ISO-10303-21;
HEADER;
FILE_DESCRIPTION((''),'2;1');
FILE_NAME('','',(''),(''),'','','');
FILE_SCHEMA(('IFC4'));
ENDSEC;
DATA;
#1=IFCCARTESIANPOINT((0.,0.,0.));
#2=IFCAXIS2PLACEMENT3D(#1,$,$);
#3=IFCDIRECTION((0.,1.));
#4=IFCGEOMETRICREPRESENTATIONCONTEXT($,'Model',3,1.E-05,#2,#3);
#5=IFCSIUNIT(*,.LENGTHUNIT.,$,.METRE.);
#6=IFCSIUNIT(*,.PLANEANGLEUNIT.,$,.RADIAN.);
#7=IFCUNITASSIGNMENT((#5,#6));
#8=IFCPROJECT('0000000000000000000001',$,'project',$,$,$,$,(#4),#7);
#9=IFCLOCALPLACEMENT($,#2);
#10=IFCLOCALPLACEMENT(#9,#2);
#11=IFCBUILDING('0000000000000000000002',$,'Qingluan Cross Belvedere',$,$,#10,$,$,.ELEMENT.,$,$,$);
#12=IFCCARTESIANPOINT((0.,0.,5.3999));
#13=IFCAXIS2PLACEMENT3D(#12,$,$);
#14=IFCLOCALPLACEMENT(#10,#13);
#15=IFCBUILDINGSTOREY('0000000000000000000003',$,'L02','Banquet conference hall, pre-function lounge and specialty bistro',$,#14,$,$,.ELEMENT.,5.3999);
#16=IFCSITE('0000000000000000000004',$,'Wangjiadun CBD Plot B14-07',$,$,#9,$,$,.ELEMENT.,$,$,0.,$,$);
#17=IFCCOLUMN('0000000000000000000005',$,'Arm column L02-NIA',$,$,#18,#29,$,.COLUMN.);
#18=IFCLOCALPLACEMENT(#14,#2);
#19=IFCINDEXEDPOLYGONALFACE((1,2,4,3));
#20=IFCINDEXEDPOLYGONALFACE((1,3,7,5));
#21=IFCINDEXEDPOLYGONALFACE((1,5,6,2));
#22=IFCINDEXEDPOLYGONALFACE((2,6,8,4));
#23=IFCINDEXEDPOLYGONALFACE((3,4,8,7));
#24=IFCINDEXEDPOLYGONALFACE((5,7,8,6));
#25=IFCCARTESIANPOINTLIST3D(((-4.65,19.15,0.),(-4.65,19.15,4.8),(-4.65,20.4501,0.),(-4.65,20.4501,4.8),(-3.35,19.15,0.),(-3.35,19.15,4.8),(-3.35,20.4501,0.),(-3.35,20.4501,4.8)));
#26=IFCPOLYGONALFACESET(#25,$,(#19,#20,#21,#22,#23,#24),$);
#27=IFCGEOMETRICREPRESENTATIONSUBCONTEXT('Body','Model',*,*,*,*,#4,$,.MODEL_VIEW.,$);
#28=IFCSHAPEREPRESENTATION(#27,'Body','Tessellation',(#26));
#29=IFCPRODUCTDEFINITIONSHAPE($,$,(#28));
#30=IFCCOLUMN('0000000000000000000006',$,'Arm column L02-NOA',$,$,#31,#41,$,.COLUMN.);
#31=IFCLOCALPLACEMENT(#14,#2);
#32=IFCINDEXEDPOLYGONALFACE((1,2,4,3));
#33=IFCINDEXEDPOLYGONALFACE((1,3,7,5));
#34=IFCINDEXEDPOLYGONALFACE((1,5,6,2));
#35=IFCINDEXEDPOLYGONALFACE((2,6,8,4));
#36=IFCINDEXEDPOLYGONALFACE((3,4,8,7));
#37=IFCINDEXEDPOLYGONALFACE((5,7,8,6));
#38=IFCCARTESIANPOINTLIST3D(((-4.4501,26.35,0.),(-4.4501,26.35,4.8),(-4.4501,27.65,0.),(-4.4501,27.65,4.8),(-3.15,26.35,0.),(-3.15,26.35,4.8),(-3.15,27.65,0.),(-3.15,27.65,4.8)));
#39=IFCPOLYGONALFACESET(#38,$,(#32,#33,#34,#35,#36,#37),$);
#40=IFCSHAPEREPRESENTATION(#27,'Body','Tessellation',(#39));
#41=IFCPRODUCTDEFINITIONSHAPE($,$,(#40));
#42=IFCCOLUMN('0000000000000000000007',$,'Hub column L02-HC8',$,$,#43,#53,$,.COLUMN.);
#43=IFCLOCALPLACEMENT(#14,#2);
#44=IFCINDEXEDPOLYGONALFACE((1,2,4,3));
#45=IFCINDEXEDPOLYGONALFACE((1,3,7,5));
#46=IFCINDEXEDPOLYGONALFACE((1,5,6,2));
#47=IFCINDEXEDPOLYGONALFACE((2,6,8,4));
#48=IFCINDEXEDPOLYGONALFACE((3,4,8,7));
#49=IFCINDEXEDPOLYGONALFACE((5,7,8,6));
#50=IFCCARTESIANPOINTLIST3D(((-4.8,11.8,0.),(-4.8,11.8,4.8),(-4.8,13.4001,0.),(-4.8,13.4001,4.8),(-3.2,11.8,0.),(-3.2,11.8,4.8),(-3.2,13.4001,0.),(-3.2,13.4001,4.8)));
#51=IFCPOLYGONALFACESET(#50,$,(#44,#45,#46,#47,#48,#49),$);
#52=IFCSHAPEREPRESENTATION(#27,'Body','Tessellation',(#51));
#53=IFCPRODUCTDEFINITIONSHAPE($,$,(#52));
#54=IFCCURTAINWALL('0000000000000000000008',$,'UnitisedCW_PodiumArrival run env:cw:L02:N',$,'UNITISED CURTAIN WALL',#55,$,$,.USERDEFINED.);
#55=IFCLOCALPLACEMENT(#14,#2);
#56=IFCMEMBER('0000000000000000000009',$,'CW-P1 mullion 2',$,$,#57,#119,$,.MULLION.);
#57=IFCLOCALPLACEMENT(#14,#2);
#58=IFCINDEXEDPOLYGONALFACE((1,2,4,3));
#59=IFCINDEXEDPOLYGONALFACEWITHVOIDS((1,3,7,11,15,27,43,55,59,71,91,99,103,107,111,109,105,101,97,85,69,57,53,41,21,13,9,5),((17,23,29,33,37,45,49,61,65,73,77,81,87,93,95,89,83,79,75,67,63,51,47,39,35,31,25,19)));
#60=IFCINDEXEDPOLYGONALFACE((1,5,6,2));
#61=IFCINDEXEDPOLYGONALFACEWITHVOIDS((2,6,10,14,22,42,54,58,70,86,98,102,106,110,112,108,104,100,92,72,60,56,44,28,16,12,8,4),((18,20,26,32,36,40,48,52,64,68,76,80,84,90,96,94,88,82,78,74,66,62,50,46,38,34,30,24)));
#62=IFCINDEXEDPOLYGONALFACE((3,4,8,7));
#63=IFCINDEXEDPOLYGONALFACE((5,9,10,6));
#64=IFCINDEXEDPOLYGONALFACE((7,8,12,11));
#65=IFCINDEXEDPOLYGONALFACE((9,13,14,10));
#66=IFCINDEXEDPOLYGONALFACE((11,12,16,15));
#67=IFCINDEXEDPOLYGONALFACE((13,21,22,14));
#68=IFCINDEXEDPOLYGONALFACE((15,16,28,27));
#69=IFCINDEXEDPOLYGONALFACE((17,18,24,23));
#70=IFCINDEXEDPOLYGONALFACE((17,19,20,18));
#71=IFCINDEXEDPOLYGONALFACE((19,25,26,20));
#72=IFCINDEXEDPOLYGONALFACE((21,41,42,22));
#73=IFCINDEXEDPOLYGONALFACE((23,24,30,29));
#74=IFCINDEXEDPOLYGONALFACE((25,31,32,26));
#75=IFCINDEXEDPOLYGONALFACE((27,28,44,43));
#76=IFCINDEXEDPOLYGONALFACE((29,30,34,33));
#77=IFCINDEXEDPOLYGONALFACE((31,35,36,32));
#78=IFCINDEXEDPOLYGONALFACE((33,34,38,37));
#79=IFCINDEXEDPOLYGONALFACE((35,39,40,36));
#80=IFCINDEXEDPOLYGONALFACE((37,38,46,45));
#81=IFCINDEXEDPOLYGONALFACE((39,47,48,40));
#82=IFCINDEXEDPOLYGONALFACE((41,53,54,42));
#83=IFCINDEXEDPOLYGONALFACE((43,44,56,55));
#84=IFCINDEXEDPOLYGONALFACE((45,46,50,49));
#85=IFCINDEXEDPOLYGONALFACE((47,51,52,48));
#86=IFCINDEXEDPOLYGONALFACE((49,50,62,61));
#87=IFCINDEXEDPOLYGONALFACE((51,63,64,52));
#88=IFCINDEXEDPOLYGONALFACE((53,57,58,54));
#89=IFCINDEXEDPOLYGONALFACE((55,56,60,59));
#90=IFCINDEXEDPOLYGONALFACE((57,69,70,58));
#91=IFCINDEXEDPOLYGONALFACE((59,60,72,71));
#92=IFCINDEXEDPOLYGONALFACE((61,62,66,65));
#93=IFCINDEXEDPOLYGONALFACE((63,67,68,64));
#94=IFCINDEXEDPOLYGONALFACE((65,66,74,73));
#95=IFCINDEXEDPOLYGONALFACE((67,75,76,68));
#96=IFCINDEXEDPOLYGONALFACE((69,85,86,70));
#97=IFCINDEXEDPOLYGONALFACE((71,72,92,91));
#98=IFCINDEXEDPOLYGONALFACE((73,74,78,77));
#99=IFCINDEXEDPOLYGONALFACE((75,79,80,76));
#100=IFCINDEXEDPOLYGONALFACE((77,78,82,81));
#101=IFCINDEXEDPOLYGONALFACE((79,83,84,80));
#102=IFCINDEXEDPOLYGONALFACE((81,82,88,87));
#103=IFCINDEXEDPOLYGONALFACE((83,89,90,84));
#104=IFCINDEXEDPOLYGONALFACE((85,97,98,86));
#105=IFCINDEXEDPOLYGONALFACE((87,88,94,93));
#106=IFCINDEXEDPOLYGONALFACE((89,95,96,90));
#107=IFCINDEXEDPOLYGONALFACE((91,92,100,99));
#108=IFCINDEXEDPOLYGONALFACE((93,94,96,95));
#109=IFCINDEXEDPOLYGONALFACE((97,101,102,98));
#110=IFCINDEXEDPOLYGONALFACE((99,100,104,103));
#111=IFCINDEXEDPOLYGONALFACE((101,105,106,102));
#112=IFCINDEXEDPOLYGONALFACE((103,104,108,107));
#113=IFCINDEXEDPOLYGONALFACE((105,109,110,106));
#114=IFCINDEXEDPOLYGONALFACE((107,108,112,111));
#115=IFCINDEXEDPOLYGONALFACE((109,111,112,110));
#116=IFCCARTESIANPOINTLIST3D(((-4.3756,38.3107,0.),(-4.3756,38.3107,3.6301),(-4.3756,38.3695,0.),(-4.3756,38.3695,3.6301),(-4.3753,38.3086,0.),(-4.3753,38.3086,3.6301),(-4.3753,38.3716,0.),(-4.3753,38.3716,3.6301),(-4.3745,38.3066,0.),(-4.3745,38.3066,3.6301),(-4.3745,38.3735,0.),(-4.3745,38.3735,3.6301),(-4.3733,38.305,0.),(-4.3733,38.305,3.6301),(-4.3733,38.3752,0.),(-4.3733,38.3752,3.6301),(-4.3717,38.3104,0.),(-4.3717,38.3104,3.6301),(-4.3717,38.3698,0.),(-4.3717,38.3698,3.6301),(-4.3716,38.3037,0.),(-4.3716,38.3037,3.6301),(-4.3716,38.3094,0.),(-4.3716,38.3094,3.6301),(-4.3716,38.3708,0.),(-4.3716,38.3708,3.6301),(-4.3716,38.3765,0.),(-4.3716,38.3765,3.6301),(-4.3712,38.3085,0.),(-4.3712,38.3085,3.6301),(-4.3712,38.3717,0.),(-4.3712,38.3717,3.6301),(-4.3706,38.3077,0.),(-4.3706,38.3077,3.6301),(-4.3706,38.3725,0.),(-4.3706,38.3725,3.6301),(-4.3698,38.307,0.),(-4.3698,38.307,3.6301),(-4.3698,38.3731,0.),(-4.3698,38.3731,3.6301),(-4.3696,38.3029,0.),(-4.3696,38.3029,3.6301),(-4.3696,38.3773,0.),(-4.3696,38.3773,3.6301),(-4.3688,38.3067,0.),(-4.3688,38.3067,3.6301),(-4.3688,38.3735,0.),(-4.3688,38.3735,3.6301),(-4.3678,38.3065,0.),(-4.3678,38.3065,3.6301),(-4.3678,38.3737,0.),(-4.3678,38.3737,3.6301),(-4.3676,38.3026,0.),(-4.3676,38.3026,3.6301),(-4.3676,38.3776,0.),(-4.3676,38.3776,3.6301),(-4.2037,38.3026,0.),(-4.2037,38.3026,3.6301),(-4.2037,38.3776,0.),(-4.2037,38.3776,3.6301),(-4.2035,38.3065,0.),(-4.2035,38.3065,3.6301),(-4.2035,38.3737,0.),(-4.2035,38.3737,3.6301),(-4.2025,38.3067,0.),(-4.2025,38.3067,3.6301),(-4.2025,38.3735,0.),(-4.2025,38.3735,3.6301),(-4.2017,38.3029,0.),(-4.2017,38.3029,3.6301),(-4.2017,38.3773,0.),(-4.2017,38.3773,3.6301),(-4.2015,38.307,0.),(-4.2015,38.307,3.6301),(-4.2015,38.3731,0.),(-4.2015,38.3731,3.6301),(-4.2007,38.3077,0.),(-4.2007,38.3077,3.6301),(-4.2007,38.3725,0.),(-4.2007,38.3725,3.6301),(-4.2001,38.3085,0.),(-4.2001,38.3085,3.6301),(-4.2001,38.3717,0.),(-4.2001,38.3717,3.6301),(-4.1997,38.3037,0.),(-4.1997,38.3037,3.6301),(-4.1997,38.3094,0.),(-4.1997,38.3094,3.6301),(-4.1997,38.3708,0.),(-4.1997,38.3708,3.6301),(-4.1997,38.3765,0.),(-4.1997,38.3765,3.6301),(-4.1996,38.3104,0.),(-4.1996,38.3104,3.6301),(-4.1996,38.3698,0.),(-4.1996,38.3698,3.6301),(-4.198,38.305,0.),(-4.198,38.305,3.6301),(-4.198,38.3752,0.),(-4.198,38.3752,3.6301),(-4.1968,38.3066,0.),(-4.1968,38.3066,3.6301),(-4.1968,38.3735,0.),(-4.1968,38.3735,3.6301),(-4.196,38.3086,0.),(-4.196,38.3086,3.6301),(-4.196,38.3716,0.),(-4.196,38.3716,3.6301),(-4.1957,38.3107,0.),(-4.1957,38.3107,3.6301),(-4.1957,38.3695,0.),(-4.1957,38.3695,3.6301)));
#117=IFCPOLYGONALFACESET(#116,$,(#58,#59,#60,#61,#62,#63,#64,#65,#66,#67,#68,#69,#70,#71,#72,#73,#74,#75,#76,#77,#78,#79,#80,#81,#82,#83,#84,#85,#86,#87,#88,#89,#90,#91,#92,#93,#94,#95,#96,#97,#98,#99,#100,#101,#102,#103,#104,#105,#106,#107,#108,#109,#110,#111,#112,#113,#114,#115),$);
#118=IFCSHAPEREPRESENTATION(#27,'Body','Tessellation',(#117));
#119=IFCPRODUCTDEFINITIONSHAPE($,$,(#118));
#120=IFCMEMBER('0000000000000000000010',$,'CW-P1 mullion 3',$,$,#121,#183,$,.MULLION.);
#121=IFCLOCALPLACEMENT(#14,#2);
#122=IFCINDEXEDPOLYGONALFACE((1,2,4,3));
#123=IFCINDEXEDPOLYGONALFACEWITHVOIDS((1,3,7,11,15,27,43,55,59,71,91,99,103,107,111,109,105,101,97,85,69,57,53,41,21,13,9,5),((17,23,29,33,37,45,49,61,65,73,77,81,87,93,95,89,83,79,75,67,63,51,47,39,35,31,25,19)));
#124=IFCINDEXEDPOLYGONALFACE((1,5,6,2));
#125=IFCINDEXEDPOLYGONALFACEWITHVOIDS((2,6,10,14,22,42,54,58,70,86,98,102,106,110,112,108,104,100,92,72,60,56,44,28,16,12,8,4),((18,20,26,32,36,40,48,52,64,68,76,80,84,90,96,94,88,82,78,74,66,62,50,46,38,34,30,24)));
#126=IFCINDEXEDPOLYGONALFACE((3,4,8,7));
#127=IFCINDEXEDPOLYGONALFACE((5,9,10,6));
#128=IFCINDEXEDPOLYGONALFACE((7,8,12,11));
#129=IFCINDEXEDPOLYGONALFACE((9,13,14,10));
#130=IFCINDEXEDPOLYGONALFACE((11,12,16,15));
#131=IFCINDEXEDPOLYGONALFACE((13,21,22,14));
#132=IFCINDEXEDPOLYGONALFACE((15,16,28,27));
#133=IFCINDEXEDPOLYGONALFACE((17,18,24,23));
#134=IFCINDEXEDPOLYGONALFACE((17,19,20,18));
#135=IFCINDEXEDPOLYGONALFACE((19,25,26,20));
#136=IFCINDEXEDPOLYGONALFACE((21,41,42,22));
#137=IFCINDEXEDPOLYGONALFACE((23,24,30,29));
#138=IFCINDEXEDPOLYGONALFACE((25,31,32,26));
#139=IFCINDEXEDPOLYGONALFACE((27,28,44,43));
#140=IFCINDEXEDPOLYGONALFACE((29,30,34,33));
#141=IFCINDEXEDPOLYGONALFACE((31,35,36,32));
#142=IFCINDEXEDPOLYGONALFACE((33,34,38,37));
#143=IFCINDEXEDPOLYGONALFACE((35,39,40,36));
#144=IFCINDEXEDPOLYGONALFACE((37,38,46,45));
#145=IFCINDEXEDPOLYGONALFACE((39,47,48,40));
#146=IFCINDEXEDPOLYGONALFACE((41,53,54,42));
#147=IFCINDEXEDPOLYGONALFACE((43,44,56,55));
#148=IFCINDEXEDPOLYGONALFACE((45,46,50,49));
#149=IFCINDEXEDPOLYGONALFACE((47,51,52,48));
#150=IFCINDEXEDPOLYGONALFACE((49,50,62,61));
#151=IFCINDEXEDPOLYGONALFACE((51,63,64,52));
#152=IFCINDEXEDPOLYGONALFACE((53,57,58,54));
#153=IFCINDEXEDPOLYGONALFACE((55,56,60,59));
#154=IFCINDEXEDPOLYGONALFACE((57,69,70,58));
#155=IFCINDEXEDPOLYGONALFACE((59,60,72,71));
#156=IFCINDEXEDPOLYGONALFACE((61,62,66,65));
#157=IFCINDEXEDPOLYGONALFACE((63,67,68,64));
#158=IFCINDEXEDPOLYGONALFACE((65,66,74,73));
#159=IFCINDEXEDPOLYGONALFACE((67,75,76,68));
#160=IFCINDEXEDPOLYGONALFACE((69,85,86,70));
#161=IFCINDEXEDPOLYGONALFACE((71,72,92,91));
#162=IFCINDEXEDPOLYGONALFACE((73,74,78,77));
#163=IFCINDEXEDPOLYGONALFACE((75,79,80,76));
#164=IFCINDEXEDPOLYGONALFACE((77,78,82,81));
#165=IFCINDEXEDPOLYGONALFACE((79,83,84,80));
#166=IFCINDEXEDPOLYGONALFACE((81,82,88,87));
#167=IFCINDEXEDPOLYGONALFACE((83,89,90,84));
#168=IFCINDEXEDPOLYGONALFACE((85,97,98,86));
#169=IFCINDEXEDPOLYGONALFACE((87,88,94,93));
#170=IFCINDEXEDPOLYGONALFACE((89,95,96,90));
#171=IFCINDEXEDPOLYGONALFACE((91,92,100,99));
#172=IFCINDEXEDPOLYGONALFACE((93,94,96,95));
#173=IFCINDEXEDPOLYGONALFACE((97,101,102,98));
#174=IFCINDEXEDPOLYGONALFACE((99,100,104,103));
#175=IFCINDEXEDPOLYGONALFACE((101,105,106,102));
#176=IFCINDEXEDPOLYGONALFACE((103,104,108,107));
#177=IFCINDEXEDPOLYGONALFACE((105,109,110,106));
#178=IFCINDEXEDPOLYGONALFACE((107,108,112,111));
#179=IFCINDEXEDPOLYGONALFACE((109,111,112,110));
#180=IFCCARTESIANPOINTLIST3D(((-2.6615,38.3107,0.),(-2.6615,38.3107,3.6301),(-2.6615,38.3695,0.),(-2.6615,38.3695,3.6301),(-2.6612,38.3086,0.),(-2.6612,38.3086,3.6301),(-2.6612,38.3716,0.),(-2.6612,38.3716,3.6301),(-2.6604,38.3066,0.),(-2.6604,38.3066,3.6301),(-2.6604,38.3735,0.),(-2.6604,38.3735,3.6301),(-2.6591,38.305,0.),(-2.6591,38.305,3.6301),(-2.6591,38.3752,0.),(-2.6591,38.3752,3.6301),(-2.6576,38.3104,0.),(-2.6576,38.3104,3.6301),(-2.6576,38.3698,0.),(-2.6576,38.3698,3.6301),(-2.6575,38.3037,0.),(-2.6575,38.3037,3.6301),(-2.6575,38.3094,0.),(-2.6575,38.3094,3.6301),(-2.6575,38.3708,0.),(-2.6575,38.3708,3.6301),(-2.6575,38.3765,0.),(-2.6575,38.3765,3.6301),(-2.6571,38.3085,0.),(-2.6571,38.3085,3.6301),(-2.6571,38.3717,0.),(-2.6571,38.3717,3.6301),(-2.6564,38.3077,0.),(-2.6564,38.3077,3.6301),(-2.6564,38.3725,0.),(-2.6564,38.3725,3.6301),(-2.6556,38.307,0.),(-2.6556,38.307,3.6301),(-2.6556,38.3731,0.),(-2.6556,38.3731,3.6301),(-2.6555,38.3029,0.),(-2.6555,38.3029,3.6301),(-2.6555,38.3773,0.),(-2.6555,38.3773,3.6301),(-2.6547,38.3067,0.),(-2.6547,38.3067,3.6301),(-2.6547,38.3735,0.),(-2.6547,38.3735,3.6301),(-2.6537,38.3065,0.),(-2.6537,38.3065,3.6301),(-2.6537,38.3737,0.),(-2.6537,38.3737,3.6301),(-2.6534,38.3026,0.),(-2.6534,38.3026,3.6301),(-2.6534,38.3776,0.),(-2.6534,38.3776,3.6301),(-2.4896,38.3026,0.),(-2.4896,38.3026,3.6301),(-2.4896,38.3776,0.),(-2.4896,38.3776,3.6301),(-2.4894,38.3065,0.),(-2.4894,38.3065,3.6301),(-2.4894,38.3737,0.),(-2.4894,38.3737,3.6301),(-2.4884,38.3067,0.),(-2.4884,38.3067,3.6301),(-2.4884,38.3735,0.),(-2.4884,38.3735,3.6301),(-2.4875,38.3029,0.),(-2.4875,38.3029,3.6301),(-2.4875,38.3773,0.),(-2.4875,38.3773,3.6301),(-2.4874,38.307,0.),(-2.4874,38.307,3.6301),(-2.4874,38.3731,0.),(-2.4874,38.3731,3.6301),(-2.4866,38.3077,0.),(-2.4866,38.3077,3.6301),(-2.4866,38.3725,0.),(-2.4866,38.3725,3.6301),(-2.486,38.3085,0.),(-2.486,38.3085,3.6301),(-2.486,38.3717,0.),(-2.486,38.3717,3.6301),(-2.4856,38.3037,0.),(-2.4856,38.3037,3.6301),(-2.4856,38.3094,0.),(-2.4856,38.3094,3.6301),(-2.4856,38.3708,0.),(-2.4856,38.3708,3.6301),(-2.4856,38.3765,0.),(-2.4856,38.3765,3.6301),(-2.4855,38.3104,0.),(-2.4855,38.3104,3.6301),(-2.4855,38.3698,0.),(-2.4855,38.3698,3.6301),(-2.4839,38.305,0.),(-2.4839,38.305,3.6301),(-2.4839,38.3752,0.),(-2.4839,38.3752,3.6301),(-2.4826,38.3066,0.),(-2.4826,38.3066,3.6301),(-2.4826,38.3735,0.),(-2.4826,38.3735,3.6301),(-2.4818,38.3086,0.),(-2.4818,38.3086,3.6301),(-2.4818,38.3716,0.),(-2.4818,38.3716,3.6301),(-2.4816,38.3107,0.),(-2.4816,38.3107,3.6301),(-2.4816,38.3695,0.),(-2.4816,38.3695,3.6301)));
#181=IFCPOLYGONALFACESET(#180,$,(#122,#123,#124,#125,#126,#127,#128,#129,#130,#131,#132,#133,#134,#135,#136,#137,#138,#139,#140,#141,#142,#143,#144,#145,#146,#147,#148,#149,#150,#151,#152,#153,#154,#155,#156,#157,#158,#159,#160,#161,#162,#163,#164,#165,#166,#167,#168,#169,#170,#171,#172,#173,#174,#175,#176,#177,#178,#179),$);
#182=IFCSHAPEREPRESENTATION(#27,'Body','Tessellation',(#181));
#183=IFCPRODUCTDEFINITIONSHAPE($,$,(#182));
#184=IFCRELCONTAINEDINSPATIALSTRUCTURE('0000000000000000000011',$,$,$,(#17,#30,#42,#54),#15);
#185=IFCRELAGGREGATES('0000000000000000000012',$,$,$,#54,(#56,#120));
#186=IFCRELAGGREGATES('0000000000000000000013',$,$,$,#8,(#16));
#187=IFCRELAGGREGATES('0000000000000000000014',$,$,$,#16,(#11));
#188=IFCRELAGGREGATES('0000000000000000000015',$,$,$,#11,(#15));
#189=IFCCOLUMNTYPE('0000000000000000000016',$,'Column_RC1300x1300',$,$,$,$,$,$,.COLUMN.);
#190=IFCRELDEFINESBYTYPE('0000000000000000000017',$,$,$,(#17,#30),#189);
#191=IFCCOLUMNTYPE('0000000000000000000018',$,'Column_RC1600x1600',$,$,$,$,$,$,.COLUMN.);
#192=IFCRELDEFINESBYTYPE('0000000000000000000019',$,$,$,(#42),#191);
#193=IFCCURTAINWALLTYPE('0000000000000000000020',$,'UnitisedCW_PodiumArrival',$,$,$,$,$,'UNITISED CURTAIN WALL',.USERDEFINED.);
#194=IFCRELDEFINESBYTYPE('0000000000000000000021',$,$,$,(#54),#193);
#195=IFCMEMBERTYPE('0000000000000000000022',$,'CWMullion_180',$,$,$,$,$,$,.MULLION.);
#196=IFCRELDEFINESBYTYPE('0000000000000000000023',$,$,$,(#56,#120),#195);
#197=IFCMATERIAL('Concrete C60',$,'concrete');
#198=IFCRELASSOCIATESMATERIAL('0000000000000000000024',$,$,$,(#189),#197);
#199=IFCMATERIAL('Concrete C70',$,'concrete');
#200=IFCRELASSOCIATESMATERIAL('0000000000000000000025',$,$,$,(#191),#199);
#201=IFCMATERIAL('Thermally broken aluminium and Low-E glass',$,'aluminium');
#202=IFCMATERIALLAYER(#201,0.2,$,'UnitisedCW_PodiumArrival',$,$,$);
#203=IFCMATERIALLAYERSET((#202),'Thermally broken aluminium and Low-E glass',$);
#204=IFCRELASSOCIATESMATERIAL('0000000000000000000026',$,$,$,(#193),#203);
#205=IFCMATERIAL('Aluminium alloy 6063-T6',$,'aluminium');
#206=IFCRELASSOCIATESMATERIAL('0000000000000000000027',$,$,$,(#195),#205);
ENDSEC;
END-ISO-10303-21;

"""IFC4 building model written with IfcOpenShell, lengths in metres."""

from ifc_helpers import new_model, si_unit, direction, frame, origin, origin_2d, place, context, subcontext, project, spatial, rectangle, hollow_rectangle, extrude, material, layer, layer_set, material_profile, profile_set, type_object, element, aggregate, save


model = new_model("IFC4")

# Units and contexts
model_context = context("Model", 3, precision=1e-05, world=origin(), true_north=direction((0.0, 1.0)))
body_context = subcontext(model_context, "Body", "Model", "MODEL_VIEW")
ifc_project = project(units=[si_unit("LENGTHUNIT", "METRE"), si_unit("PLANEANGLEUNIT", "RADIAN")], contexts=[model_context])

# Site, building, storey
site_placement = place(None, origin())
site = spatial("IfcSite", under=ifc_project, at=site_placement, Name="Wangjiadun CBD Plot B14-07", CompositionType="ELEMENT", RefElevation=0.0)
building_placement = place(site_placement, origin())
building = spatial("IfcBuilding", under=site, at=building_placement, Name="Qingluan Cross Belvedere", CompositionType="ELEMENT")
storey_placement = place(building_placement, frame((0.0, 0.0, 5.3999)))
storey = spatial("IfcBuildingStorey", under=building, at=storey_placement, Name="L02", Description="Banquet conference hall, pre-function lounge and specialty bistro", CompositionType="ELEMENT", Elevation=5.3999)

# Columns
ifc_material_1 = material(Name="Concrete C60", Category="concrete")
ifc_material_profile_1 = material_profile(ifc_material_1, rectangle(XDim=1.3, YDim=1.3, at=origin_2d()), Name="RC1300x1300")
ifc_profile_set_1 = profile_set([ifc_material_profile_1], Name="Concrete C60")
column_type_1 = type_object("IfcColumnType", Name="Column_RC1300x1300", PredefinedType="COLUMN", material=ifc_profile_set_1)
for number, where, z_axis, x_axis, name in (
    (1, (-4.0, 19.8, 0.0), (0.0, 0.0, 1.0), (1.0, 0.0, 0.0), "Arm column L02-NIA"),
    (2, (-3.8, 27.0, 0.0), (0.0, 0.0, 1.0), (1.0, 0.0, 0.0), "Arm column L02-NOA"),
):
    element("IfcColumn", number, at=place(storey_placement, frame(where, z_axis=z_axis, x_axis=x_axis)), inside=storey, type_object=column_type_1, Name=name, PredefinedType="COLUMN", context=body_context, shape_type="SweptSolid", body=[
        extrude(rectangle(XDim=1.3, YDim=1.3, at=origin_2d()), origin(), (0.0, 0.0, 1.0), 4.8),
    ])
ifc_material_2 = material(Name="Concrete C70", Category="concrete")
ifc_material_profile_2 = material_profile(ifc_material_2, rectangle(XDim=1.6001, YDim=1.6001, at=origin_2d()), Name="RC1600x1600")
ifc_profile_set_2 = profile_set([ifc_material_profile_2], Name="Concrete C70")
column_type_2 = type_object("IfcColumnType", Name="Column_RC1600x1600", PredefinedType="COLUMN", material=ifc_profile_set_2)
column_placement = place(storey_placement, frame((-4.0, 12.6001, 0.0), z_axis=(0.0, 0.0, 1.0), x_axis=(1.0, 0.0, 0.0)))
element("IfcColumn", 3, at=column_placement, inside=storey, type_object=column_type_2, Name="Hub column L02-HC8", PredefinedType="COLUMN", context=body_context, shape_type="SweptSolid", body=[
    extrude(rectangle(XDim=1.6001, YDim=1.6001, at=origin_2d()), origin(), (0.0, 0.0, 1.0), 4.8),
])

# Curtain wall, members
ifc_material_3 = material(Name="Thermally broken aluminium and Low-E glass", Category="aluminium")
ifc_layer_1 = layer(ifc_material_3, 0.2, Name="UnitisedCW_PodiumArrival")
ifc_layer_set_1 = layer_set([ifc_layer_1], Name="Thermally broken aluminium and Low-E glass")
curtain_wall_type = type_object("IfcCurtainWallType", Name="UnitisedCW_PodiumArrival", ElementType="UNITISED CURTAIN WALL", PredefinedType="USERDEFINED", material=ifc_layer_set_1)
curtain_wall_placement = place(storey_placement, origin())
curtain_wall = element("IfcCurtainWall", 4, at=curtain_wall_placement, inside=storey, type_object=curtain_wall_type, Name="UnitisedCW_PodiumArrival run env:cw:L02:N", ObjectType="UNITISED CURTAIN WALL", PredefinedType="USERDEFINED")
ifc_material_4 = material(Name="Aluminium alloy 6063-T6", Category="aluminium")
ifc_material_profile_3 = material_profile(ifc_material_4, hollow_rectangle(XDim=0.075, YDim=0.1799, WallThickness=0.0039, InnerFilletRadius=0.0039, OuterFilletRadius=0.0081, at=origin_2d()), Name="CWM180x75x4")
ifc_profile_set_3 = profile_set([ifc_material_profile_3], Name="Aluminium alloy 6063-T6")
member_type_1 = type_object("IfcMemberType", Name="CWMullion_180", PredefinedType="MULLION", material=ifc_profile_set_3)
member_1_placement = place(storey_placement, frame((-4.2856, 38.3401, 0.0), z_axis=(0.0, 0.0, 1.0), x_axis=(0.0, 1.0, 0.0)))
member_1 = element("IfcMember", 5, at=member_1_placement, type_object=member_type_1, Name="CW-P1 mullion 2", PredefinedType="MULLION", context=body_context, shape_type="SweptSolid", body=[
    extrude(hollow_rectangle(XDim=0.075, YDim=0.1799, WallThickness=0.0039, InnerFilletRadius=0.0039, OuterFilletRadius=0.0081, at=origin_2d()), origin(), (0.0, 0.0, 1.0), 3.6301),
])
member_2_placement = place(storey_placement, frame((-2.5715, 38.3401, 0.0), z_axis=(0.0, 0.0, 1.0), x_axis=(0.0, 1.0, 0.0)))
member_2 = element("IfcMember", 6, at=member_2_placement, type_object=member_type_1, Name="CW-P1 mullion 3", PredefinedType="MULLION", context=body_context, shape_type="SweptSolid", body=[
    extrude(hollow_rectangle(XDim=0.075, YDim=0.1799, WallThickness=0.0039, InnerFilletRadius=0.0039, OuterFilletRadius=0.0081, at=origin_2d()), origin(), (0.0, 0.0, 1.0), 3.6301),
])

aggregate(curtain_wall, [member_1, member_2])

save(model, "model.ifc")
